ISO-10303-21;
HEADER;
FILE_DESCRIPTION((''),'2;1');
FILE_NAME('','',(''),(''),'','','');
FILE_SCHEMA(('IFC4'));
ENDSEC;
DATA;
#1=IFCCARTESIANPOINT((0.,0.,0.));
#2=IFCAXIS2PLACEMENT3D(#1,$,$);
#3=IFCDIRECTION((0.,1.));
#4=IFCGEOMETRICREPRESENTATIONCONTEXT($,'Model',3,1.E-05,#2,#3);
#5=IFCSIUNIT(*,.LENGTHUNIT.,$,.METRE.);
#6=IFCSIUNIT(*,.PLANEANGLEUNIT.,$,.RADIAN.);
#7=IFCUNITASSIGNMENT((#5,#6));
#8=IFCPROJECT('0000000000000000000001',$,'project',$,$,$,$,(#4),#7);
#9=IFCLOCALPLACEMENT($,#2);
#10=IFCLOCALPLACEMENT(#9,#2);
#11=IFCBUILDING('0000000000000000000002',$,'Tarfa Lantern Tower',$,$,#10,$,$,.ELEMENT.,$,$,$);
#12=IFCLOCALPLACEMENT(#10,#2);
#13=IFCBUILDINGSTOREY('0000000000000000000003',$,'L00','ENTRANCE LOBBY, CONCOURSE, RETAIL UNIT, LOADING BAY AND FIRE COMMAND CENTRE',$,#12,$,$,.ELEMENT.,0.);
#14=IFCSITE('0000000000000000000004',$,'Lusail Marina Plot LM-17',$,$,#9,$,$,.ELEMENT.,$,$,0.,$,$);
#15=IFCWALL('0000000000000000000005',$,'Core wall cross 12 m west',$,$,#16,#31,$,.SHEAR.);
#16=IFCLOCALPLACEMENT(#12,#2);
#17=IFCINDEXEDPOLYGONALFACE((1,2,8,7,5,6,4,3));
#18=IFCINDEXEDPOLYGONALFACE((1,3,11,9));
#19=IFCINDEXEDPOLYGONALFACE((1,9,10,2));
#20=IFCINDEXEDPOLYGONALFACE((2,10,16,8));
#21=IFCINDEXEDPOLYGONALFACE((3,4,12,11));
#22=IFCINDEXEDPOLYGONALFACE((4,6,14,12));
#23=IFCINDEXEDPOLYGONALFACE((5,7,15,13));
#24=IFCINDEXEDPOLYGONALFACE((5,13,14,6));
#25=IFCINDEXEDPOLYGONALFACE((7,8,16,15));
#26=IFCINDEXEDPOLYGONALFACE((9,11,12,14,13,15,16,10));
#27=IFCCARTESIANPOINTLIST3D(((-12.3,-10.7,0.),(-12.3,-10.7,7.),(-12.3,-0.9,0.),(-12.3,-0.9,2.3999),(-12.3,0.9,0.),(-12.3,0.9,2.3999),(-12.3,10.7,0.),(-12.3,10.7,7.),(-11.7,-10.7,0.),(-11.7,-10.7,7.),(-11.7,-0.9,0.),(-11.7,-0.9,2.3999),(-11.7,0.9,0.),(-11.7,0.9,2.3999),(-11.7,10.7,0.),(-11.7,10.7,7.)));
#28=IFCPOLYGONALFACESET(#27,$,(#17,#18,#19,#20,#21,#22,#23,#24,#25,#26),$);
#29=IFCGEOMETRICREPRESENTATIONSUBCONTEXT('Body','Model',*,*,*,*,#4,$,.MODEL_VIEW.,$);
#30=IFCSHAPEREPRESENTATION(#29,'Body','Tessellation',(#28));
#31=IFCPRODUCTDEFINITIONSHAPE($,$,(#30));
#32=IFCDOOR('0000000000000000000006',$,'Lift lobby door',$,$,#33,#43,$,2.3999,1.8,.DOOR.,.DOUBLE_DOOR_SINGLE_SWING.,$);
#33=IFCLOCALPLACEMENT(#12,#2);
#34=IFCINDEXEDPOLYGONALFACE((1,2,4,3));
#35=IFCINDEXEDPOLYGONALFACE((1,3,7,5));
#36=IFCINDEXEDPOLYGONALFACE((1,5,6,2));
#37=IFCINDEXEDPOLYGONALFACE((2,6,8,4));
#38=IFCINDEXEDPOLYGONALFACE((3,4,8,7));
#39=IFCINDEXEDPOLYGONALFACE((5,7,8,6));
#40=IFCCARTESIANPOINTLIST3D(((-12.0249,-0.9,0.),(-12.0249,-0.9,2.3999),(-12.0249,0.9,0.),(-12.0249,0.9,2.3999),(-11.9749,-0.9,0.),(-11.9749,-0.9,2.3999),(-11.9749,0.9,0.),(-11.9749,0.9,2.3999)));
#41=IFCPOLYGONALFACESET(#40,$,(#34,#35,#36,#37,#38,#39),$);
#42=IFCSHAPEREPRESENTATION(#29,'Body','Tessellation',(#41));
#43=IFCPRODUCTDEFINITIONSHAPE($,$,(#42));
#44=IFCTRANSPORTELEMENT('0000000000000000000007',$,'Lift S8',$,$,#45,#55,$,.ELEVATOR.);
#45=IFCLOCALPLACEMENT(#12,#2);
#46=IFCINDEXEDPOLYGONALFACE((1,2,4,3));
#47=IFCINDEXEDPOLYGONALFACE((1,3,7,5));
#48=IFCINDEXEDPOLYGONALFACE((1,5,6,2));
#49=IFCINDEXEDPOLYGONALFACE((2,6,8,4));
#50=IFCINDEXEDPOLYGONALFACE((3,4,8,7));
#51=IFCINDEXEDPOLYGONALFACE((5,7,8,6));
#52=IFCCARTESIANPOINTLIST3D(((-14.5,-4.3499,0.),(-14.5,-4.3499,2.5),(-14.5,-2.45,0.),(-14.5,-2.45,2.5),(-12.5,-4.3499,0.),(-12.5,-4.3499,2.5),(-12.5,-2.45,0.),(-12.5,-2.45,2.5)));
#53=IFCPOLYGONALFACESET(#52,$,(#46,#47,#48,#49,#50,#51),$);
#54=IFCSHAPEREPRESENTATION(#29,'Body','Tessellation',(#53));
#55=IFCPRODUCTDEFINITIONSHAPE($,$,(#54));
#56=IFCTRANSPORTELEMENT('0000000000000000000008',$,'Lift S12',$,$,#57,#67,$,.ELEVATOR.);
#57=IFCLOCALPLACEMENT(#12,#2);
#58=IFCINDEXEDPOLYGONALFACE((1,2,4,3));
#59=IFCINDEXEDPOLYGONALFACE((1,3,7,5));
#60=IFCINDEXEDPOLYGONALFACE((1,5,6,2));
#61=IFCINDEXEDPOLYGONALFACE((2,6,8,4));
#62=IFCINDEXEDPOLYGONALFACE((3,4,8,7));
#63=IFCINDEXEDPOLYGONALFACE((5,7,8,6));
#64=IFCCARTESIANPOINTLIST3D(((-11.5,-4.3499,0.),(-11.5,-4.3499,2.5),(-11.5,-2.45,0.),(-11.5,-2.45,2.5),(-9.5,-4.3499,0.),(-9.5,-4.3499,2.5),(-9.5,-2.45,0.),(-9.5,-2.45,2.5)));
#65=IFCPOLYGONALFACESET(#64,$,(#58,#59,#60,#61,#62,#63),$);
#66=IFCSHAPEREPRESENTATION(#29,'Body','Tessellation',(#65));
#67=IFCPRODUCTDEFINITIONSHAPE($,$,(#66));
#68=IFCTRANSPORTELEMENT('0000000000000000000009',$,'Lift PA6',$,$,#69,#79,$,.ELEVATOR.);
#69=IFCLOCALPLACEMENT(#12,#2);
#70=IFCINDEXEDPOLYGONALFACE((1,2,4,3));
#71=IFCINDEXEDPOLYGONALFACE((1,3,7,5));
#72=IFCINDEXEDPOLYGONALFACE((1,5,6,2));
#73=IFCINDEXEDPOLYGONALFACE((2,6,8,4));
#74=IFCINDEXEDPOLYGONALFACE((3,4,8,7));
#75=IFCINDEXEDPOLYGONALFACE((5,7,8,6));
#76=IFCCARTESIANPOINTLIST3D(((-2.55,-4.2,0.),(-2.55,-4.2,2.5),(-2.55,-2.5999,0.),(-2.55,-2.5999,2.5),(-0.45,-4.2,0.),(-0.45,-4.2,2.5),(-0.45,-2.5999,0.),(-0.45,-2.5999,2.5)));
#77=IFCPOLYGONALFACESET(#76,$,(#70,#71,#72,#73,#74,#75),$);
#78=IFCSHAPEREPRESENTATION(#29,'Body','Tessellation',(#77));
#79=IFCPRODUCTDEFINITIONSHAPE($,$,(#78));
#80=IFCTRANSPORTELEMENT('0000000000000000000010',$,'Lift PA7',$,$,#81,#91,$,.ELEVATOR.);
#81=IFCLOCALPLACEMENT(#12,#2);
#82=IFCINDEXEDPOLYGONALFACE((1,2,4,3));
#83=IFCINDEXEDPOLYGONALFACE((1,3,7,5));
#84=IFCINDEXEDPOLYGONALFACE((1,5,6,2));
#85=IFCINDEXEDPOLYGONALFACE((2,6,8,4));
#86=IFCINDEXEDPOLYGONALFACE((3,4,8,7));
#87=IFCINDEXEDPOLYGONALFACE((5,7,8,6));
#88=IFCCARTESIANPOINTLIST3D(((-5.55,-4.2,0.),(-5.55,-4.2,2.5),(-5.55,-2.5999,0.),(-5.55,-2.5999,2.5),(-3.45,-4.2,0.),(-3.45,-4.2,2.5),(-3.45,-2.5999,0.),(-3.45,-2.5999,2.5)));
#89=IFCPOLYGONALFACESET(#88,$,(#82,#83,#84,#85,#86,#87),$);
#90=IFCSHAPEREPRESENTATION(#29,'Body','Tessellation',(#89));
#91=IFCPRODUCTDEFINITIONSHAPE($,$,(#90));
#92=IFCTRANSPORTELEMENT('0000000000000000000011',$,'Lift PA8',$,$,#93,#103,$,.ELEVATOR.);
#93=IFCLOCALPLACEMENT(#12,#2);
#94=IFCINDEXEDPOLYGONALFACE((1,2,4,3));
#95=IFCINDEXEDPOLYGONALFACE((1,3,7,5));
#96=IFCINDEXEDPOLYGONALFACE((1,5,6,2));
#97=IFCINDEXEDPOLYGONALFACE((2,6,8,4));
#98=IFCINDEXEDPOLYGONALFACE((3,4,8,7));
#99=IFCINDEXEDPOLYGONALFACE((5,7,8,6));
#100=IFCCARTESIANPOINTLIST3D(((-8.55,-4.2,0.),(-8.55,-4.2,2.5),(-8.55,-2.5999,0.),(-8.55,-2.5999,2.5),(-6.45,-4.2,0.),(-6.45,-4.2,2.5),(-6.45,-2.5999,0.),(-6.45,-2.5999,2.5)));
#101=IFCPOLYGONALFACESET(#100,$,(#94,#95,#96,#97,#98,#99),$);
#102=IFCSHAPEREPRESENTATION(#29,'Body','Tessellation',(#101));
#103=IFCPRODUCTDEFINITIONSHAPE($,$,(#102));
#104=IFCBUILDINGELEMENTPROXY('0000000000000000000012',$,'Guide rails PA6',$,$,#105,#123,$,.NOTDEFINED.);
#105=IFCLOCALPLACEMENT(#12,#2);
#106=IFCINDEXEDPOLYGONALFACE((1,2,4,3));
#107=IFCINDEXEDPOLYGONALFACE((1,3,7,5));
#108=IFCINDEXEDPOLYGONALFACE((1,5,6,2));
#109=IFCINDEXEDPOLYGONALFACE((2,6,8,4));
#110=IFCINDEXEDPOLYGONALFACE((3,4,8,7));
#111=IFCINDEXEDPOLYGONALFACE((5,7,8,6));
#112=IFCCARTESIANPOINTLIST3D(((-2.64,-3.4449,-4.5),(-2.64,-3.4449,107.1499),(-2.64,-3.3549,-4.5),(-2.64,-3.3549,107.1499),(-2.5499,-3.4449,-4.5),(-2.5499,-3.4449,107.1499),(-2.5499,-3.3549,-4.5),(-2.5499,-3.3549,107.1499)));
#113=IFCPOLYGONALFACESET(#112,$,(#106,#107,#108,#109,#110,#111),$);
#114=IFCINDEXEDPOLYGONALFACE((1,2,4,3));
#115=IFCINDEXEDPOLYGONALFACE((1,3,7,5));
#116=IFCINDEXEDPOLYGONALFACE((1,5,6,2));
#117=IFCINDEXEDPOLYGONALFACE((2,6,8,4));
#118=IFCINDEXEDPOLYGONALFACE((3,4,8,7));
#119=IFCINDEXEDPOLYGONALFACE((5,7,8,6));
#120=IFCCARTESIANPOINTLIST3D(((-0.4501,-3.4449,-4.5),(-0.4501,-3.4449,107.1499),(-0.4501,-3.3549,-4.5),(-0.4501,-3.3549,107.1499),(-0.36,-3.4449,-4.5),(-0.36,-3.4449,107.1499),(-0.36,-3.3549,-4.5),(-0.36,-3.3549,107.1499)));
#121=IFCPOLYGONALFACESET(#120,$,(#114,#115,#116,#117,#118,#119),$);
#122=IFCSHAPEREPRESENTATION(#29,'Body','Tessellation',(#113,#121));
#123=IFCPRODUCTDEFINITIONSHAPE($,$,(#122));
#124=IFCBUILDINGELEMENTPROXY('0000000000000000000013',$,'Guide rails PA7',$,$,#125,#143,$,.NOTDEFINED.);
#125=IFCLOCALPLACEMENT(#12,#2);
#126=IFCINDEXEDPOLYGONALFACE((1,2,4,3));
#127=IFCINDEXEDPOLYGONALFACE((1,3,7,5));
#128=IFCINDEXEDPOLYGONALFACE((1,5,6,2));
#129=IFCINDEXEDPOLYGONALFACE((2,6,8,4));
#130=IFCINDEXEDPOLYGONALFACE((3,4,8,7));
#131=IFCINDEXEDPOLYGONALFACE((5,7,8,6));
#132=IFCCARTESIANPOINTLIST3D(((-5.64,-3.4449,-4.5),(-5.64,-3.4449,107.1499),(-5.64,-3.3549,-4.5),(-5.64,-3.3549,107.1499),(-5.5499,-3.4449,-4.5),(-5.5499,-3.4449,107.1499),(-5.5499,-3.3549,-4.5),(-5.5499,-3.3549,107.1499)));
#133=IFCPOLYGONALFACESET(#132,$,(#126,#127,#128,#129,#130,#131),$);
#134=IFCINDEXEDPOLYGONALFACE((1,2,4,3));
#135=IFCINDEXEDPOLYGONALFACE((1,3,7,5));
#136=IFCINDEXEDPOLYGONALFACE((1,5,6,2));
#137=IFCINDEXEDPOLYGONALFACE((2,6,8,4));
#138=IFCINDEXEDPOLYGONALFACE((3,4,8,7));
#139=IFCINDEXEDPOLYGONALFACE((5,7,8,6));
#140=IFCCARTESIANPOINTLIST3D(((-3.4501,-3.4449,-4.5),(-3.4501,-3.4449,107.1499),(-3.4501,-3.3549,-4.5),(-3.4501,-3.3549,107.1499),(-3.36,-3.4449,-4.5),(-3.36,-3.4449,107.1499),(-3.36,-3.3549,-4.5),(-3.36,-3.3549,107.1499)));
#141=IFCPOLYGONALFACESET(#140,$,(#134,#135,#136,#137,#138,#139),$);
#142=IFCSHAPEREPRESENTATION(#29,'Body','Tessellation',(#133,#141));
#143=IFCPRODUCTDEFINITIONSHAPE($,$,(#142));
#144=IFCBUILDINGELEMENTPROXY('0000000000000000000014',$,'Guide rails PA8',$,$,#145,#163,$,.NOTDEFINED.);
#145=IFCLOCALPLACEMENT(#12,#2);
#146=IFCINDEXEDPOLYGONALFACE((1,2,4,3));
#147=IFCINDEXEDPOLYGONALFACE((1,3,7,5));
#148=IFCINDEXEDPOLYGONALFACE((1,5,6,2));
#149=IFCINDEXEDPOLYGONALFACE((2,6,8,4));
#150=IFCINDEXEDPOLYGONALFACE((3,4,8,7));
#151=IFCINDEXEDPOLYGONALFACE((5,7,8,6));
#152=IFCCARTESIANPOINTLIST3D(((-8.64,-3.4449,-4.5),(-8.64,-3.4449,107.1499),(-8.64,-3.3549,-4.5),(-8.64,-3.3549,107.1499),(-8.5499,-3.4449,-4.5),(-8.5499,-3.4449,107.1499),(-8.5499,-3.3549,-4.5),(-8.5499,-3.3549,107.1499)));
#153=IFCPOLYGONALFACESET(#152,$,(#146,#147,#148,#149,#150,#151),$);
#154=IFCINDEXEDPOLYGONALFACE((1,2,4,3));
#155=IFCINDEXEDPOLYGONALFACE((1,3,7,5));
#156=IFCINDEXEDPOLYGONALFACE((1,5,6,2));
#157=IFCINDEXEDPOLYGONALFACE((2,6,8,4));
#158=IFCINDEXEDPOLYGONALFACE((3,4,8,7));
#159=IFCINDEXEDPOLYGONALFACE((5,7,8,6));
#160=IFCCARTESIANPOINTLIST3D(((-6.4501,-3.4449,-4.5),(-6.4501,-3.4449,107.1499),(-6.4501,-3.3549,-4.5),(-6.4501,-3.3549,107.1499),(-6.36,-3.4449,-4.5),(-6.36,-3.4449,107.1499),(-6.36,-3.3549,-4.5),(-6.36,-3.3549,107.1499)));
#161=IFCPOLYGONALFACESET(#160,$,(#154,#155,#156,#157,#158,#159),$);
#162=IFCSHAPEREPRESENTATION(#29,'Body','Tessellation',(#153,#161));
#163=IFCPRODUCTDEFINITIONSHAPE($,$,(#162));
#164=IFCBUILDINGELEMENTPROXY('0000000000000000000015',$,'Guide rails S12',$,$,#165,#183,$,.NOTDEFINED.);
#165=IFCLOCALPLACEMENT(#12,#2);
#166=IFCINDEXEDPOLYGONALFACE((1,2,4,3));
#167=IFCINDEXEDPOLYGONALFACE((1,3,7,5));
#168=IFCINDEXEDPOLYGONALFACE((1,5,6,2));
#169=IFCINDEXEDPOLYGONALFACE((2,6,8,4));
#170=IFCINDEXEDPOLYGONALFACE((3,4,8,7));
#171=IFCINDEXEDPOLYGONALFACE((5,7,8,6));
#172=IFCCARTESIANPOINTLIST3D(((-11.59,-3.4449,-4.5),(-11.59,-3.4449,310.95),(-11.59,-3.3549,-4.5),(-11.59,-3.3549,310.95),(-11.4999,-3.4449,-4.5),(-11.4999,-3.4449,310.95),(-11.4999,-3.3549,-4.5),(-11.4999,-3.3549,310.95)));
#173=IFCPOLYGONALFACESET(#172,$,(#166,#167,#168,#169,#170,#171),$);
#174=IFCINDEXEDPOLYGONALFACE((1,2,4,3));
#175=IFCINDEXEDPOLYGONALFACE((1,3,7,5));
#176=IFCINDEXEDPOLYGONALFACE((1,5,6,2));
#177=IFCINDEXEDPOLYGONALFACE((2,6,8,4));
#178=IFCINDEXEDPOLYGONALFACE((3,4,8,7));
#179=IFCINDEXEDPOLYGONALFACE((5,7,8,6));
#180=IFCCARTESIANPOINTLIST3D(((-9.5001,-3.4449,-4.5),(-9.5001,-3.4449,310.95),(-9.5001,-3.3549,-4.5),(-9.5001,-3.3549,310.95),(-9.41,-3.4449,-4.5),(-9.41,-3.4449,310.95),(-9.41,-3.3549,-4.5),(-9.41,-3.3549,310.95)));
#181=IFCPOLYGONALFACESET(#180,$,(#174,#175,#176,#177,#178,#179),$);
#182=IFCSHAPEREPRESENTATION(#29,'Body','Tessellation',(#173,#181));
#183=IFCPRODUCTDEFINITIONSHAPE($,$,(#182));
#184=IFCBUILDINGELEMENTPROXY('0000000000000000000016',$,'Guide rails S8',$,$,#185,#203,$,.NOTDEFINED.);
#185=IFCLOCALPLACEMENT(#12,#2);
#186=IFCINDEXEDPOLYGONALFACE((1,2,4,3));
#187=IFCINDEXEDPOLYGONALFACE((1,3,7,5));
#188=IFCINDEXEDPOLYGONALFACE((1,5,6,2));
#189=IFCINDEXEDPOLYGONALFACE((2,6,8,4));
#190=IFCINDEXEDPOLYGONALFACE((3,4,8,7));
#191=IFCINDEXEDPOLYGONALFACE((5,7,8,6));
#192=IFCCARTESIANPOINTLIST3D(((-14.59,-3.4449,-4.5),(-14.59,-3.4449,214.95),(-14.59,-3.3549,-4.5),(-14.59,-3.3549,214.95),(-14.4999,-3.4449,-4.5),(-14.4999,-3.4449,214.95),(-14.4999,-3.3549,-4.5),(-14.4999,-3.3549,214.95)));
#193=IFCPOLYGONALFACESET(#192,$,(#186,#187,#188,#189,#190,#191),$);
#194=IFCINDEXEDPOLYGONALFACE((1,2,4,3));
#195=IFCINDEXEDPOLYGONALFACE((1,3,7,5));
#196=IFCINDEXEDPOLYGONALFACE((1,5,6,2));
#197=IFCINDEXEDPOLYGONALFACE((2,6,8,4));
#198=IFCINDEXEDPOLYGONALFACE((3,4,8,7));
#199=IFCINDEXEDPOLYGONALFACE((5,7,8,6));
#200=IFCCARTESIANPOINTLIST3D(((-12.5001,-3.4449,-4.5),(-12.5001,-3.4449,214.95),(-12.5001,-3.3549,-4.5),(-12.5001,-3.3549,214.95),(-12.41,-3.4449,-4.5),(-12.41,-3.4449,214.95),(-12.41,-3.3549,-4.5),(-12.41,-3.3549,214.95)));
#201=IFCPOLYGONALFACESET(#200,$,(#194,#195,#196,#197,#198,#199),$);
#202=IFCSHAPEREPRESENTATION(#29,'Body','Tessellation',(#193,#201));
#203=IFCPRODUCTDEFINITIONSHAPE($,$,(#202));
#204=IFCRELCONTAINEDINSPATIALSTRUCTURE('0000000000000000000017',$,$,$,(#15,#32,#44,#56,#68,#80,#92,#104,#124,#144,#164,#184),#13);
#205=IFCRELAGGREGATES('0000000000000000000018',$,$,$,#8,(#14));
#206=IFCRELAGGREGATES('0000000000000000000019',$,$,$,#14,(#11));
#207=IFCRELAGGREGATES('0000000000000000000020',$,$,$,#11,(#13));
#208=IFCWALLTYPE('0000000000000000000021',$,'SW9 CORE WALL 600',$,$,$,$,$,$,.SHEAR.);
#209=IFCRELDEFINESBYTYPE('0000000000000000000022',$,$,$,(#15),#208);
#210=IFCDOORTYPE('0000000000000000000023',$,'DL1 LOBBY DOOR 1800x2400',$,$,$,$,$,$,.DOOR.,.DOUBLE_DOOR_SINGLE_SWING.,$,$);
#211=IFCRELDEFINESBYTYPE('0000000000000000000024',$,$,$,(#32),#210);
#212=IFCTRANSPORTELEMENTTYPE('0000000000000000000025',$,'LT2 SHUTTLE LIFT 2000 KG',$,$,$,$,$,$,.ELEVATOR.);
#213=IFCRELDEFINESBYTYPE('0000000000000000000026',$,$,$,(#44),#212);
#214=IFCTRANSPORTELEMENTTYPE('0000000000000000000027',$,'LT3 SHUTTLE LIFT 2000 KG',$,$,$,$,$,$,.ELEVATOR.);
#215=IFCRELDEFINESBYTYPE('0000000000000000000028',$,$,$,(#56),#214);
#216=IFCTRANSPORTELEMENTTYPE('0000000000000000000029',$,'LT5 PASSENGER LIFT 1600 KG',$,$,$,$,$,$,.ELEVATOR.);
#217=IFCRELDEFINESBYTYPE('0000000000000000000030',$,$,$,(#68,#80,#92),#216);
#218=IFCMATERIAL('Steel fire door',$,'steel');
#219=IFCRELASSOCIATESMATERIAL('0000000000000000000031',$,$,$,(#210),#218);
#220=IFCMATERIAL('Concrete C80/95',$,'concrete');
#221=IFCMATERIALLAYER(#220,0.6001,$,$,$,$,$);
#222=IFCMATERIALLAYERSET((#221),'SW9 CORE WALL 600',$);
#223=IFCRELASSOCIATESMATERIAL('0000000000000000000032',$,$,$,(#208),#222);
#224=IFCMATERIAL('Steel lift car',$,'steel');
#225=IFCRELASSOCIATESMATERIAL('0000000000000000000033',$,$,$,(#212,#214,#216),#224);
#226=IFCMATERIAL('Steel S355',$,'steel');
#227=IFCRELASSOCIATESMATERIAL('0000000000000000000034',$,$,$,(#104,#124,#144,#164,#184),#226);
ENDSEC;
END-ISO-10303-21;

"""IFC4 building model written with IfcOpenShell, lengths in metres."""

from ifc_helpers import new_model, si_unit, direction, frame, frame_2d, origin, origin_2d, place, context, subcontext, project, spatial, rectangle, extrude, material, layer, layer_set, type_object, element, fill, save


model = new_model("IFC4")

# Units and contexts
model_context = context("Model", 3, precision=1e-05, world=origin(), true_north=direction((0.0, 1.0)))
body_context = subcontext(model_context, "Body", "Model", "MODEL_VIEW")
ifc_project = project(units=[si_unit("LENGTHUNIT", "METRE"), si_unit("PLANEANGLEUNIT", "RADIAN")], contexts=[model_context])

# Site, building, storey
site_placement = place(None, origin())
site = spatial("IfcSite", under=ifc_project, at=site_placement, Name="Lusail Marina Plot LM-17", CompositionType="ELEMENT", RefElevation=0.0)
building_placement = place(site_placement, origin())
building = spatial("IfcBuilding", under=site, at=building_placement, Name="Tarfa Lantern Tower", CompositionType="ELEMENT")
storey_placement = place(building_placement, origin())
storey = spatial("IfcBuildingStorey", under=building, at=storey_placement, Name="L00", Description="ENTRANCE LOBBY, CONCOURSE, RETAIL UNIT, LOADING BAY AND FIRE COMMAND CENTRE", CompositionType="ELEMENT", Elevation=0.0)

# Shared definitions
ifc_material_1 = material(Name="Concrete C80/95", Category="concrete")

# Shared definitions
ifc_material_2 = material(Name="Steel fire door", Category="steel")
door_type_1 = type_object("IfcDoorType", Name="DL1 LOBBY DOOR 1800x2400", OperationType="DOUBLE_DOOR_SINGLE_SWING", PredefinedType="DOOR", material=ifc_material_2)

# Wall, opening, door
ifc_layer_1 = layer(ifc_material_1, 0.6001)
ifc_layer_set_1 = layer_set([ifc_layer_1], Name="SW9 CORE WALL 600")
wall_type_1 = type_object("IfcWallType", Name="SW9 CORE WALL 600", PredefinedType="SHEAR", material=ifc_layer_set_1)
wall_1_placement = place(storey_placement, frame((-12.0, -10.7, 0.0), z_axis=(0.0, 0.0, 1.0), x_axis=(0.0, 1.0, 0.0)))
wall_1 = element("IfcWall", 1, at=wall_1_placement, inside=storey, type_object=wall_type_1, Name="Core wall cross 12 m west", PredefinedType="SHEAR", context=body_context, shape_type="SweptSolid", body=[
    extrude(rectangle(XDim=21.3999, YDim=0.6001, at=frame_2d((10.7, 0.0))), origin(), (0.0, 0.0, 1.0), 7.0),
])
opening_1_placement = place(wall_1_placement, frame((9.8, 0.0, 0.0)))
opening_1 = element("IfcOpeningElement", 2, at=opening_1_placement, cuts=wall_1, PredefinedType="OPENING", context=body_context, shape_type="SweptSolid", body=[
    extrude(rectangle(XDim=1.8, YDim=2.3999, at=frame_2d((0.8999, 1.2))), frame((0.0, 0.3101, 0.0), z_axis=(0.0, -1.0, 0.0), x_axis=(1.0, 0.0, 0.0)), (0.0, 0.0, 1.0), 0.6201),
])
door_1_placement = place(opening_1_placement, origin())
door_1 = element("IfcDoor", 3, at=door_1_placement, inside=storey, type_object=door_type_1, Name="Lift lobby door", OperationType="DOUBLE_DOOR_SINGLE_SWING", OverallHeight=2.3999, OverallWidth=1.8, PredefinedType="DOOR", context=body_context, shape_type="SweptSolid", body=[
    extrude(rectangle(XDim=1.8, YDim=2.3999, at=frame_2d((0.8999, 1.2))), frame((0.0, 0.0249, 0.0), z_axis=(0.0, -1.0, 0.0), x_axis=(1.0, 0.0, 0.0)), (0.0, 0.0, 1.0), 0.05),
])
fill(opening_1, door_1)

# Transport elements
ifc_material_3 = material(Name="Steel lift car", Category="steel")
transport_element_type_1 = type_object("IfcTransportElementType", Name="LT2 SHUTTLE LIFT 2000 KG", PredefinedType="ELEVATOR", material=ifc_material_3)
transport_element_1_placement = place(storey_placement, frame((-13.5, -3.3999, 0.0), z_axis=(0.0, 0.0, 1.0), x_axis=(1.0, 0.0, 0.0)))
element("IfcTransportElement", 4, at=transport_element_1_placement, inside=storey, type_object=transport_element_type_1, Name="Lift S8", PredefinedType="ELEVATOR", context=body_context, shape_type="SweptSolid", body=[
    extrude(rectangle(XDim=2.0, YDim=1.8999, at=origin_2d()), origin(), (0.0, 0.0, 1.0), 2.5),
])
transport_element_type_2 = type_object("IfcTransportElementType", Name="LT3 SHUTTLE LIFT 2000 KG", PredefinedType="ELEVATOR", material=ifc_material_3)
transport_element_2_placement = place(storey_placement, frame((-10.5, -3.3999, 0.0), z_axis=(0.0, 0.0, 1.0), x_axis=(1.0, 0.0, 0.0)))
element("IfcTransportElement", 5, at=transport_element_2_placement, inside=storey, type_object=transport_element_type_2, Name="Lift S12", PredefinedType="ELEVATOR", context=body_context, shape_type="SweptSolid", body=[
    extrude(rectangle(XDim=2.0, YDim=1.8999, at=origin_2d()), origin(), (0.0, 0.0, 1.0), 2.5),
])
transport_element_type_3 = type_object("IfcTransportElementType", Name="LT5 PASSENGER LIFT 1600 KG", PredefinedType="ELEVATOR", material=ifc_material_3)
for number, where, z_axis, x_axis, name in (
    (6, (-1.5, -3.3999, 0.0), (0.0, 0.0, 1.0), (1.0, 0.0, 0.0), "Lift PA6"),
    (7, (-4.5, -3.3999, 0.0), (0.0, 0.0, 1.0), (1.0, 0.0, 0.0), "Lift PA7"),
    (8, (-7.5, -3.3999, 0.0), (0.0, 0.0, 1.0), (1.0, 0.0, 0.0), "Lift PA8"),
):
    element("IfcTransportElement", number, at=place(storey_placement, frame(where, z_axis=z_axis, x_axis=x_axis)), inside=storey, type_object=transport_element_type_3, Name=name, PredefinedType="ELEVATOR", context=body_context, shape_type="SweptSolid", body=[
        extrude(rectangle(XDim=2.1001, YDim=1.6001, at=origin_2d()), origin(), (0.0, 0.0, 1.0), 2.5),
    ])

# Building element proxies
ifc_material_4 = material(Name="Steel S355", Category="steel")
for number, where, z_axis, x_axis, name in (
    (9, (-2.595, -3.3999, -4.5), (0.0, 0.0, 1.0), (1.0, 0.0, 0.0), "Guide rails PA6"),
    (10, (-5.595, -3.3999, -4.5), (0.0, 0.0, 1.0), (1.0, 0.0, 0.0), "Guide rails PA7"),
    (11, (-8.595, -3.3999, -4.5), (0.0, 0.0, 1.0), (1.0, 0.0, 0.0), "Guide rails PA8"),
):
    element("IfcBuildingElementProxy", number, at=place(storey_placement, frame(where, z_axis=z_axis, x_axis=x_axis)), inside=storey, material=ifc_material_4, Name=name, PredefinedType="NOTDEFINED", context=body_context, shape_type="SweptSolid", body=[
        extrude(rectangle(XDim=0.0901, YDim=0.0901, at=origin_2d()), origin(), (0.0, 0.0, 1.0), 111.6499),
        extrude(rectangle(XDim=0.0901, YDim=0.0901, at=frame_2d((2.1899, 0.0))), origin(), (0.0, 0.0, 1.0), 111.6499),
    ])
proxy_1_placement = place(storey_placement, frame((-11.5449, -3.3999, -4.5), z_axis=(0.0, 0.0, 1.0), x_axis=(1.0, 0.0, 0.0)))
element("IfcBuildingElementProxy", 12, at=proxy_1_placement, inside=storey, material=ifc_material_4, Name="Guide rails S12", PredefinedType="NOTDEFINED", context=body_context, shape_type="SweptSolid", body=[
    extrude(rectangle(XDim=0.0901, YDim=0.0901, at=origin_2d()), origin(), (0.0, 0.0, 1.0), 315.45),
    extrude(rectangle(XDim=0.0901, YDim=0.0901, at=frame_2d((2.0898, 0.0))), origin(), (0.0, 0.0, 1.0), 315.45),
])
proxy_2_placement = place(storey_placement, frame((-14.5449, -3.3999, -4.5), z_axis=(0.0, 0.0, 1.0), x_axis=(1.0, 0.0, 0.0)))
element("IfcBuildingElementProxy", 13, at=proxy_2_placement, inside=storey, material=ifc_material_4, Name="Guide rails S8", PredefinedType="NOTDEFINED", context=body_context, shape_type="SweptSolid", body=[
    extrude(rectangle(XDim=0.0901, YDim=0.0901, at=origin_2d()), origin(), (0.0, 0.0, 1.0), 219.45),
    extrude(rectangle(XDim=0.0901, YDim=0.0901, at=frame_2d((2.0898, 0.0))), origin(), (0.0, 0.0, 1.0), 219.45),
])

save(model, "model.ifc")
